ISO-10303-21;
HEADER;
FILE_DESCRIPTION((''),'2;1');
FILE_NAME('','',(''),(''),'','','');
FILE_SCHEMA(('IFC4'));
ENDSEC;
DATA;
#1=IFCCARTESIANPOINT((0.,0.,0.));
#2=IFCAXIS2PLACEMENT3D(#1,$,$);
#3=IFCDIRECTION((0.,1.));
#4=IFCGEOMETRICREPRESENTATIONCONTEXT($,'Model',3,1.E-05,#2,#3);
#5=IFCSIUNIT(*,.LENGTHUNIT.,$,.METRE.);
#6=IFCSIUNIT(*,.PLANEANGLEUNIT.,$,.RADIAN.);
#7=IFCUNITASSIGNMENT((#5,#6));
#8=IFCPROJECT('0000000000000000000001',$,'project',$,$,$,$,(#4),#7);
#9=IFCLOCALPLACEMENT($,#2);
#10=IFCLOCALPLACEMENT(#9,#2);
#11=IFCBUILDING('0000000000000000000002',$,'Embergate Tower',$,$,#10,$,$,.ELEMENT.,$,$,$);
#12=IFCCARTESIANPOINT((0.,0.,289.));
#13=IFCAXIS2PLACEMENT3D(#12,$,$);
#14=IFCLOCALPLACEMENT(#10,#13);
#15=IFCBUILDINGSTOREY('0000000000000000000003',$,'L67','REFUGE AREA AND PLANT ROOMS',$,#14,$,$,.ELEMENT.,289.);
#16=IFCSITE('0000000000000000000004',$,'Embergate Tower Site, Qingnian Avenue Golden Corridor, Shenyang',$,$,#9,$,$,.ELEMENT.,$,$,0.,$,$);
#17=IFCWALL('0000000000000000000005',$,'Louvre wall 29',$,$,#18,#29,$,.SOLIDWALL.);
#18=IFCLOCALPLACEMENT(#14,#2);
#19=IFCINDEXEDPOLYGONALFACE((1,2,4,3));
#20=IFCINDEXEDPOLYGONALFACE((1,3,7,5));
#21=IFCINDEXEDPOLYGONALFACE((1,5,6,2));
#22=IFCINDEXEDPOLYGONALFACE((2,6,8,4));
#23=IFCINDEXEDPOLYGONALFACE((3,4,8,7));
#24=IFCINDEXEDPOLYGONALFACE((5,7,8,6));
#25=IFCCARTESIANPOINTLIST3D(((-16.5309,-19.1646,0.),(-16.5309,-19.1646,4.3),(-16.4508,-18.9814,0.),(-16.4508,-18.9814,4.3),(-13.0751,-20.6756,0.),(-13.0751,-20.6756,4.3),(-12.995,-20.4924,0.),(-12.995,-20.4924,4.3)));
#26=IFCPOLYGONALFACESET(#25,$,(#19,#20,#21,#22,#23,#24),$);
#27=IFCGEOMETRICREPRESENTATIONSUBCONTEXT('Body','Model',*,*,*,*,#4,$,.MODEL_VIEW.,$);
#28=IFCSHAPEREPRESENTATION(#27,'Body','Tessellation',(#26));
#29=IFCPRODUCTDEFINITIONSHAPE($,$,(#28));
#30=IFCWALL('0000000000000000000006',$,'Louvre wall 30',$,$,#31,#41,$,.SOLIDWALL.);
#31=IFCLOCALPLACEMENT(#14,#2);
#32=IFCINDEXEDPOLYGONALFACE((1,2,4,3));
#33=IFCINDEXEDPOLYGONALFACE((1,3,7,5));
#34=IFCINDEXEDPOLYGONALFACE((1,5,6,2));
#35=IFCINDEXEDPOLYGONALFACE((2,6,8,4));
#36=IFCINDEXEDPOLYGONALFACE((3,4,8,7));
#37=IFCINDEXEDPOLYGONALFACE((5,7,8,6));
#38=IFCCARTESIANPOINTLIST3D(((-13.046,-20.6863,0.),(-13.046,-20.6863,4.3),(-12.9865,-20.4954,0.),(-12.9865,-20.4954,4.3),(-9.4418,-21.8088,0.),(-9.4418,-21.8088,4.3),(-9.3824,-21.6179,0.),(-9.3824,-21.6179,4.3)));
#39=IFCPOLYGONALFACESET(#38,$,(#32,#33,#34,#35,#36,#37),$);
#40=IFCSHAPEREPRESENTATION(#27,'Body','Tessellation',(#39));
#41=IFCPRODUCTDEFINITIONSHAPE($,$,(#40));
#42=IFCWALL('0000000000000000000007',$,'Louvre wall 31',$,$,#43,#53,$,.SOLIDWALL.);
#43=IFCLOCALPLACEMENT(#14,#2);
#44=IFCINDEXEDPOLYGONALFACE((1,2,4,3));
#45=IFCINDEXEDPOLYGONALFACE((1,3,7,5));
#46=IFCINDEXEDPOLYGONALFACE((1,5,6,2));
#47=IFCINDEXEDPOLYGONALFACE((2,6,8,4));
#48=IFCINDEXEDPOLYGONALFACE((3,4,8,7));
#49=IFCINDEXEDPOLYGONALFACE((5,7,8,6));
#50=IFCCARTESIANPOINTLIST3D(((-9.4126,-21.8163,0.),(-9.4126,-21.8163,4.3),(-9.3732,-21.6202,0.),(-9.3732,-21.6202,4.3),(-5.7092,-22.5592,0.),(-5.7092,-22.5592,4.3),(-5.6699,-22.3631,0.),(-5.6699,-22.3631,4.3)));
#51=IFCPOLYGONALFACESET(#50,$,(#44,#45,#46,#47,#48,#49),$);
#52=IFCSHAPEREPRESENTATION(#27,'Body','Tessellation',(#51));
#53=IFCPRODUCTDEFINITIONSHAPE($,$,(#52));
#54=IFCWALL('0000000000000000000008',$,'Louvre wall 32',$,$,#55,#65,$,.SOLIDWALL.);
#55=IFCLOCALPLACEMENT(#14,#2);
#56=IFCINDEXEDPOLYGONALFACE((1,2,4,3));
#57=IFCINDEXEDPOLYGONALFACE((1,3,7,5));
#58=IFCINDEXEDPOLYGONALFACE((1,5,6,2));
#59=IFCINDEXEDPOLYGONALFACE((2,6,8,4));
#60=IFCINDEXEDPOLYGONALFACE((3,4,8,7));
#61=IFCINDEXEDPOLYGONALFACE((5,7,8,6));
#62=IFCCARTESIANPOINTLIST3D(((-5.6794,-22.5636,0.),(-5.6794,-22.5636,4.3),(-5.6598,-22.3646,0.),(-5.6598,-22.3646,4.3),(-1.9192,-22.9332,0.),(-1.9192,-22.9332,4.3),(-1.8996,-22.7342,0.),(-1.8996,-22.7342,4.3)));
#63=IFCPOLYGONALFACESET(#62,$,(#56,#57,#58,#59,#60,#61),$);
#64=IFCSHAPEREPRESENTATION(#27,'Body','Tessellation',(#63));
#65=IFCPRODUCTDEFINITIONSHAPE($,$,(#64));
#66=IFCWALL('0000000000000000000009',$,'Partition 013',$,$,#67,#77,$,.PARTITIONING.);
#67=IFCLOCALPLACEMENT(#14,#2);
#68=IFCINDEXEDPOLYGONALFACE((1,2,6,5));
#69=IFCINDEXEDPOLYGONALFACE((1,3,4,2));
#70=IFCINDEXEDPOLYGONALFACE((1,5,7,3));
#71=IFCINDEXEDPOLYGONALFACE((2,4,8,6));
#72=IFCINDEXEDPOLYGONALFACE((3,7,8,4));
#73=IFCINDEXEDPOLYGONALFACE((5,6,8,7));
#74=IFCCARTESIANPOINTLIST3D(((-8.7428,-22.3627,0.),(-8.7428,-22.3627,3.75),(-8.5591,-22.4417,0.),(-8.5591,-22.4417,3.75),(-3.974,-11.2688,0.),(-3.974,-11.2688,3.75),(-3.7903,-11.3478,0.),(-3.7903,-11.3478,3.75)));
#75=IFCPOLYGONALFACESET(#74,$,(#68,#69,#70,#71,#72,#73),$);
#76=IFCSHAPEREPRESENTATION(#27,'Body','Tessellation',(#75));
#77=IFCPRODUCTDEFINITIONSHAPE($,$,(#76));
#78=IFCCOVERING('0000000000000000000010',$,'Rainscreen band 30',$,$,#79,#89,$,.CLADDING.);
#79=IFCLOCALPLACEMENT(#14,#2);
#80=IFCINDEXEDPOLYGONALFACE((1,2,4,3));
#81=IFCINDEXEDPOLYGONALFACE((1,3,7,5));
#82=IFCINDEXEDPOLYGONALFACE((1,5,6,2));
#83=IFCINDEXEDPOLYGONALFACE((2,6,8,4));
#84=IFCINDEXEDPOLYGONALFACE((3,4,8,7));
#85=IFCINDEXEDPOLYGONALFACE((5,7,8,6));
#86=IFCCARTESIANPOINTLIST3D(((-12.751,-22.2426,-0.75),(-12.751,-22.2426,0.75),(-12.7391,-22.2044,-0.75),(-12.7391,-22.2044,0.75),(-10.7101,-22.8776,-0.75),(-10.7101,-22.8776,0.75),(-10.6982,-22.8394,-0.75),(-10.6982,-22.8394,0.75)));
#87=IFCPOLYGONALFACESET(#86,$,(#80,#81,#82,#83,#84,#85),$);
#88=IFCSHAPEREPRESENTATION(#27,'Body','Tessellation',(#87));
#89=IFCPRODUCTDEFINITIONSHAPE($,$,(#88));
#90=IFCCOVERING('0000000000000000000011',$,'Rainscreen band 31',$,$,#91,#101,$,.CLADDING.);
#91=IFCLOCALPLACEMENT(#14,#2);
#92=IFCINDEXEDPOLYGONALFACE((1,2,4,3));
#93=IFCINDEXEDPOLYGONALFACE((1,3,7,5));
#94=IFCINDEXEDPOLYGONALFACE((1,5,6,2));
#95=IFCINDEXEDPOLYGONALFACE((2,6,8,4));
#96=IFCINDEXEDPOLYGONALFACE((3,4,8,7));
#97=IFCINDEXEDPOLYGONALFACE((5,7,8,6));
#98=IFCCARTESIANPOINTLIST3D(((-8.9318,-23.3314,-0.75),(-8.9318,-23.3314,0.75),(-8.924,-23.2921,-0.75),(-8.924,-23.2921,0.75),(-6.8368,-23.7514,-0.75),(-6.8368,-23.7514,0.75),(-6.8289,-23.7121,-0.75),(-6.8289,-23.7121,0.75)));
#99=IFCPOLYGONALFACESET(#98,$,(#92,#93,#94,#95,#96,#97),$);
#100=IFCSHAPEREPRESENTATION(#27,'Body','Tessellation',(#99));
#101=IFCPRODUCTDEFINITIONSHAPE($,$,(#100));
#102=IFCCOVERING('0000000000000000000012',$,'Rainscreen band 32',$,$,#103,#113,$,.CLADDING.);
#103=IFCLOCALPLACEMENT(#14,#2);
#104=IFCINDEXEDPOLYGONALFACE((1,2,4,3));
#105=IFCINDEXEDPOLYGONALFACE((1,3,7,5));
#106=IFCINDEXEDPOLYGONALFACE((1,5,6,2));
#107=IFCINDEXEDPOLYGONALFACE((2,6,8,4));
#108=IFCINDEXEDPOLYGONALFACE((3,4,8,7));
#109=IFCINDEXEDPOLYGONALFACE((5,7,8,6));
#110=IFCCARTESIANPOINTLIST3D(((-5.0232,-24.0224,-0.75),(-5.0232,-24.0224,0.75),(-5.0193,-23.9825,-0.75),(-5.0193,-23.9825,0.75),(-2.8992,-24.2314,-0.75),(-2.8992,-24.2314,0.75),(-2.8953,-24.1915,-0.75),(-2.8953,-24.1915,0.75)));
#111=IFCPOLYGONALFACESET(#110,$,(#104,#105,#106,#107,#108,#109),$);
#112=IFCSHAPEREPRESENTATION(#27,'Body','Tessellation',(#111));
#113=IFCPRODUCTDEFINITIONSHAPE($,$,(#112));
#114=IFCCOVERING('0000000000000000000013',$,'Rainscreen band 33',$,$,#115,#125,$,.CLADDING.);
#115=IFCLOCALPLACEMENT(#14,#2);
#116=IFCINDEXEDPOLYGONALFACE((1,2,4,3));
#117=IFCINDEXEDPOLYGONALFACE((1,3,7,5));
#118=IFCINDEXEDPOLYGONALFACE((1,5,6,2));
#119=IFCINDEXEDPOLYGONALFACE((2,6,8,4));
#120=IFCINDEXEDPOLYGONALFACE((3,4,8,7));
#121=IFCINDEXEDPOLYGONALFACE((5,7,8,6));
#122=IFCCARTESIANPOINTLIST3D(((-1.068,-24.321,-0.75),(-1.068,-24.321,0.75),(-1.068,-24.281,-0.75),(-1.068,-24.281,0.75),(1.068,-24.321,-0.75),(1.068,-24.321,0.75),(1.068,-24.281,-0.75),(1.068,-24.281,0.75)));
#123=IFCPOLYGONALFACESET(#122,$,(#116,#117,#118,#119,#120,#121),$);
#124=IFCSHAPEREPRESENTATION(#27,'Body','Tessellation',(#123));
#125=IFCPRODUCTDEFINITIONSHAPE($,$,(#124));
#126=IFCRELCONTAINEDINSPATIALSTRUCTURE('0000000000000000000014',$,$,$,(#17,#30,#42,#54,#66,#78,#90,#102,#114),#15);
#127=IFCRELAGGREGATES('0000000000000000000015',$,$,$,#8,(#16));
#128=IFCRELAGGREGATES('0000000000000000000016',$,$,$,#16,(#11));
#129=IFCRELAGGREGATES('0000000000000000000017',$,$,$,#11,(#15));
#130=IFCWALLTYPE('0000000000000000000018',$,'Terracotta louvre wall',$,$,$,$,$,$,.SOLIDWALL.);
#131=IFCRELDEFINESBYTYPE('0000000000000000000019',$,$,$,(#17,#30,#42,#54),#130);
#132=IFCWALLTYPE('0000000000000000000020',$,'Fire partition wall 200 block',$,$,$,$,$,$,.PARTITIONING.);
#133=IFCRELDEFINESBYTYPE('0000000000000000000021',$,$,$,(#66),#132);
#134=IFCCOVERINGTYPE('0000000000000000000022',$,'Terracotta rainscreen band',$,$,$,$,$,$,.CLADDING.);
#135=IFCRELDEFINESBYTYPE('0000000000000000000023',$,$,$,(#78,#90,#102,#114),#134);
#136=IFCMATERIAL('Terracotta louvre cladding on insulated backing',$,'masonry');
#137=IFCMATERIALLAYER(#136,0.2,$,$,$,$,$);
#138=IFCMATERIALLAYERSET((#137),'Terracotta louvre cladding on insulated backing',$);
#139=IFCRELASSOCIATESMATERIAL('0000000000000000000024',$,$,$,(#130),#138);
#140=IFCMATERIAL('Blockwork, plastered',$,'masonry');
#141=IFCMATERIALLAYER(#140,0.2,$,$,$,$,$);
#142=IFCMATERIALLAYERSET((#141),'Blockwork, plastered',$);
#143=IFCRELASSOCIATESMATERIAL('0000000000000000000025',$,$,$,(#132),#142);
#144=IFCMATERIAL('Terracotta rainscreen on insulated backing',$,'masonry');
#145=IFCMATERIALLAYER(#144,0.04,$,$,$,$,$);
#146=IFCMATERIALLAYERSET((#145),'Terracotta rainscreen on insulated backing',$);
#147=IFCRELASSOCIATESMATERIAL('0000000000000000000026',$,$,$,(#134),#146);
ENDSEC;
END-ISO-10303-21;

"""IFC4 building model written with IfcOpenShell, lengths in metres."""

from ifc_helpers import new_model, si_unit, direction, frame, frame_2d, origin, origin_2d, place, context, subcontext, project, spatial, rectangle, extrude, source, transform, mapped, material, layer, layer_set, type_object, element, save


model = new_model("IFC4")

# Units and contexts
model_context = context("Model", 3, precision=1e-05, world=origin(), true_north=direction((0.0, 1.0)))
body_context = subcontext(model_context, "Body", "Model", "MODEL_VIEW")
ifc_project = project(units=[si_unit("LENGTHUNIT", "METRE"), si_unit("PLANEANGLEUNIT", "RADIAN")], contexts=[model_context])

# Site, building, storey
site_placement = place(None, origin())
site = spatial("IfcSite", under=ifc_project, at=site_placement, Name="Embergate Tower Site, Qingnian Avenue Golden Corridor, Shenyang", CompositionType="ELEMENT", RefElevation=0.0)
building_placement = place(site_placement, origin())
building = spatial("IfcBuilding", under=site, at=building_placement, Name="Embergate Tower", CompositionType="ELEMENT")
storey_placement = place(building_placement, frame((0.0, 0.0, 289.0)))
storey = spatial("IfcBuildingStorey", under=building, at=storey_placement, Name="L67", Description="REFUGE AREA AND PLANT ROOMS", CompositionType="ELEMENT", Elevation=289.0)

# Walls
ifc_material_1 = material(Name="Terracotta louvre cladding on insulated backing", Category="masonry")
ifc_layer_1 = layer(ifc_material_1, 0.2)
ifc_layer_set_1 = layer_set([ifc_layer_1], Name="Terracotta louvre cladding on insulated backing")
wall_type_1 = type_object("IfcWallType", Name="Terracotta louvre wall", PredefinedType="SOLIDWALL", material=ifc_layer_set_1)
shared_shape_1 = source(origin(), body_context, "Body", "SweptSolid", [
    extrude(rectangle(XDim=3.7717, YDim=0.2, at=frame_2d((1.8857, 0.0))), origin(), (0.0, 0.0, 1.0), 4.3),
])
wall_1_placement = place(storey_placement, frame((-13.0352, -20.584, 0.0), z_axis=(0.0, 0.0, 1.0), x_axis=(-0.916248, 0.400612, 0.0)))
element("IfcWall", 1, at=wall_1_placement, inside=storey, type_object=wall_type_1, Name="Louvre wall 29", PredefinedType="SOLIDWALL", context=body_context, shape_type="MappedRepresentation", body=[
    mapped(shared_shape_1, transform((0.0, 0.0, 0.0))),
])
shared_shape_2 = source(origin(), body_context, "Body", "SweptSolid", [
    extrude(rectangle(XDim=3.7749, YDim=0.2, at=frame_2d((1.8875, 0.0))), origin(), (0.0, 0.0, 1.0), 4.3),
])
wall_2_placement = place(storey_placement, frame((-9.4121, -21.7134, 0.0), z_axis=(0.0, 0.0, 1.0), x_axis=(-0.954764, 0.297365, 0.0)))
element("IfcWall", 2, at=wall_2_placement, inside=storey, type_object=wall_type_1, Name="Louvre wall 30", PredefinedType="SOLIDWALL", context=body_context, shape_type="MappedRepresentation", body=[
    mapped(shared_shape_2, transform((0.0, 0.0, 0.0))),
])
shared_shape_3 = source(origin(), body_context, "Body", "SweptSolid", [
    extrude(rectangle(XDim=3.7771, YDim=0.2, at=frame_2d((1.8887, 0.0))), origin(), (0.0, 0.0, 1.0), 4.3),
])
wall_3_placement = place(storey_placement, frame((-5.6895, -22.4612, 0.0), z_axis=(0.0, 0.0, 1.0), x_axis=(-0.980466, 0.196688, 0.0)))
element("IfcWall", 3, at=wall_3_placement, inside=storey, type_object=wall_type_1, Name="Louvre wall 31", PredefinedType="SOLIDWALL", context=body_context, shape_type="MappedRepresentation", body=[
    mapped(shared_shape_3, transform((0.0, 0.0, 0.0))),
])
shared_shape_4 = source(origin(), body_context, "Body", "SweptSolid", [
    extrude(rectangle(XDim=3.7783, YDim=0.2, at=frame_2d((1.8892, 0.0))), origin(), (0.0, 0.0, 1.0), 4.3),
])
wall_4_placement = place(storey_placement, frame((-1.9094, -22.8337, 0.0), z_axis=(0.0, 0.0, 1.0), x_axis=(-0.995203, 0.097827, 0.0)))
element("IfcWall", 4, at=wall_4_placement, inside=storey, type_object=wall_type_1, Name="Louvre wall 32", PredefinedType="SOLIDWALL", context=body_context, shape_type="MappedRepresentation", body=[
    mapped(shared_shape_4, transform((0.0, 0.0, 0.0))),
])
ifc_material_2 = material(Name="Blockwork, plastered", Category="masonry")
ifc_layer_2 = layer(ifc_material_2, 0.2)
ifc_layer_set_2 = layer_set([ifc_layer_2], Name="Blockwork, plastered")
wall_type_2 = type_object("IfcWallType", Name="Fire partition wall 200 block", PredefinedType="PARTITIONING", material=ifc_layer_set_2)
shared_shape_5 = source(origin(), body_context, "Body", "SweptSolid", [
    extrude(rectangle(XDim=12.0754, YDim=0.2, at=frame_2d((6.0376, 0.0))), origin(), (0.0, 0.0, 1.0), 3.75),
])
wall_5_placement = place(storey_placement, frame((-8.6509, -22.4021, 0.0), z_axis=(0.0, 0.0, 1.0), x_axis=(0.394915, 0.918718, 0.0)))
element("IfcWall", 5, at=wall_5_placement, inside=storey, type_object=wall_type_2, Name="Partition 013", PredefinedType="PARTITIONING", context=body_context, shape_type="MappedRepresentation", body=[
    mapped(shared_shape_5, transform((0.0, 0.0, 0.0))),
])

# Coverings
ifc_material_3 = material(Name="Terracotta rainscreen on insulated backing", Category="masonry")
ifc_layer_3 = layer(ifc_material_3, 0.04)
ifc_layer_set_3 = layer_set([ifc_layer_3], Name="Terracotta rainscreen on insulated backing")
covering_type = type_object("IfcCoveringType", Name="Terracotta rainscreen band", PredefinedType="CLADDING", material=ifc_layer_set_3)
shared_shape_6 = source(origin(), body_context, "Body", "SweptSolid", [
    extrude(rectangle(XDim=2.1375, YDim=0.04, at=origin_2d()), origin(), (0.0, 0.0, 1.0), 1.5),
])
covering_1_placement = place(storey_placement, frame((-11.7246, -22.541, -0.75), z_axis=(0.0, 0.0, 1.0), x_axis=(0.954854, -0.297077, 0.0)))
element("IfcCovering", 6, at=covering_1_placement, inside=storey, type_object=covering_type, Name="Rainscreen band 30", PredefinedType="CLADDING", context=body_context, shape_type="MappedRepresentation", body=[
    mapped(shared_shape_6, transform((0.0, 0.0, 0.0))),
])
shared_shape_7 = source(origin(), body_context, "Body", "SweptSolid", [
    extrude(rectangle(XDim=2.1367, YDim=0.04, at=origin_2d()), origin(), (0.0, 0.0, 1.0), 1.5),
])
covering_2_placement = place(storey_placement, frame((-7.8804, -23.5217, -0.75), z_axis=(0.0, 0.0, 1.0), x_axis=(0.980491, -0.196566, 0.0)))
element("IfcCovering", 7, at=covering_2_placement, inside=storey, type_object=covering_type, Name="Rainscreen band 31", PredefinedType="CLADDING", context=body_context, shape_type="MappedRepresentation", body=[
    mapped(shared_shape_7, transform((0.0, 0.0, 0.0))),
])
shared_shape_8 = source(origin(), body_context, "Body", "SweptSolid", [
    extrude(rectangle(XDim=2.1343, YDim=0.04, at=origin_2d()), origin(), (0.0, 0.0, 1.0), 1.5),
])
covering_3_placement = place(storey_placement, frame((-3.9592, -24.1069, -0.75), z_axis=(0.0, 0.0, 1.0), x_axis=(0.995194, -0.097927, 0.0)))
element("IfcCovering", 8, at=covering_3_placement, inside=storey, type_object=covering_type, Name="Rainscreen band 32", PredefinedType="CLADDING", context=body_context, shape_type="MappedRepresentation", body=[
    mapped(shared_shape_8, transform((0.0, 0.0, 0.0))),
])
shared_shape_9 = source(origin(), body_context, "Body", "SweptSolid", [
    extrude(rectangle(XDim=2.136, YDim=0.04, at=origin_2d()), origin(), (0.0, 0.0, 1.0), 1.5),
])
covering_4_placement = place(storey_placement, frame((0.0, -24.301, -0.75), z_axis=(0.0, 0.0, 1.0), x_axis=(1.0, 0.0, 0.0)))
element("IfcCovering", 9, at=covering_4_placement, inside=storey, type_object=covering_type, Name="Rainscreen band 33", PredefinedType="CLADDING", context=body_context, shape_type="MappedRepresentation", body=[
    mapped(shared_shape_9, transform((0.0, 0.0, 0.0))),
])

save(model, "model.ifc")
